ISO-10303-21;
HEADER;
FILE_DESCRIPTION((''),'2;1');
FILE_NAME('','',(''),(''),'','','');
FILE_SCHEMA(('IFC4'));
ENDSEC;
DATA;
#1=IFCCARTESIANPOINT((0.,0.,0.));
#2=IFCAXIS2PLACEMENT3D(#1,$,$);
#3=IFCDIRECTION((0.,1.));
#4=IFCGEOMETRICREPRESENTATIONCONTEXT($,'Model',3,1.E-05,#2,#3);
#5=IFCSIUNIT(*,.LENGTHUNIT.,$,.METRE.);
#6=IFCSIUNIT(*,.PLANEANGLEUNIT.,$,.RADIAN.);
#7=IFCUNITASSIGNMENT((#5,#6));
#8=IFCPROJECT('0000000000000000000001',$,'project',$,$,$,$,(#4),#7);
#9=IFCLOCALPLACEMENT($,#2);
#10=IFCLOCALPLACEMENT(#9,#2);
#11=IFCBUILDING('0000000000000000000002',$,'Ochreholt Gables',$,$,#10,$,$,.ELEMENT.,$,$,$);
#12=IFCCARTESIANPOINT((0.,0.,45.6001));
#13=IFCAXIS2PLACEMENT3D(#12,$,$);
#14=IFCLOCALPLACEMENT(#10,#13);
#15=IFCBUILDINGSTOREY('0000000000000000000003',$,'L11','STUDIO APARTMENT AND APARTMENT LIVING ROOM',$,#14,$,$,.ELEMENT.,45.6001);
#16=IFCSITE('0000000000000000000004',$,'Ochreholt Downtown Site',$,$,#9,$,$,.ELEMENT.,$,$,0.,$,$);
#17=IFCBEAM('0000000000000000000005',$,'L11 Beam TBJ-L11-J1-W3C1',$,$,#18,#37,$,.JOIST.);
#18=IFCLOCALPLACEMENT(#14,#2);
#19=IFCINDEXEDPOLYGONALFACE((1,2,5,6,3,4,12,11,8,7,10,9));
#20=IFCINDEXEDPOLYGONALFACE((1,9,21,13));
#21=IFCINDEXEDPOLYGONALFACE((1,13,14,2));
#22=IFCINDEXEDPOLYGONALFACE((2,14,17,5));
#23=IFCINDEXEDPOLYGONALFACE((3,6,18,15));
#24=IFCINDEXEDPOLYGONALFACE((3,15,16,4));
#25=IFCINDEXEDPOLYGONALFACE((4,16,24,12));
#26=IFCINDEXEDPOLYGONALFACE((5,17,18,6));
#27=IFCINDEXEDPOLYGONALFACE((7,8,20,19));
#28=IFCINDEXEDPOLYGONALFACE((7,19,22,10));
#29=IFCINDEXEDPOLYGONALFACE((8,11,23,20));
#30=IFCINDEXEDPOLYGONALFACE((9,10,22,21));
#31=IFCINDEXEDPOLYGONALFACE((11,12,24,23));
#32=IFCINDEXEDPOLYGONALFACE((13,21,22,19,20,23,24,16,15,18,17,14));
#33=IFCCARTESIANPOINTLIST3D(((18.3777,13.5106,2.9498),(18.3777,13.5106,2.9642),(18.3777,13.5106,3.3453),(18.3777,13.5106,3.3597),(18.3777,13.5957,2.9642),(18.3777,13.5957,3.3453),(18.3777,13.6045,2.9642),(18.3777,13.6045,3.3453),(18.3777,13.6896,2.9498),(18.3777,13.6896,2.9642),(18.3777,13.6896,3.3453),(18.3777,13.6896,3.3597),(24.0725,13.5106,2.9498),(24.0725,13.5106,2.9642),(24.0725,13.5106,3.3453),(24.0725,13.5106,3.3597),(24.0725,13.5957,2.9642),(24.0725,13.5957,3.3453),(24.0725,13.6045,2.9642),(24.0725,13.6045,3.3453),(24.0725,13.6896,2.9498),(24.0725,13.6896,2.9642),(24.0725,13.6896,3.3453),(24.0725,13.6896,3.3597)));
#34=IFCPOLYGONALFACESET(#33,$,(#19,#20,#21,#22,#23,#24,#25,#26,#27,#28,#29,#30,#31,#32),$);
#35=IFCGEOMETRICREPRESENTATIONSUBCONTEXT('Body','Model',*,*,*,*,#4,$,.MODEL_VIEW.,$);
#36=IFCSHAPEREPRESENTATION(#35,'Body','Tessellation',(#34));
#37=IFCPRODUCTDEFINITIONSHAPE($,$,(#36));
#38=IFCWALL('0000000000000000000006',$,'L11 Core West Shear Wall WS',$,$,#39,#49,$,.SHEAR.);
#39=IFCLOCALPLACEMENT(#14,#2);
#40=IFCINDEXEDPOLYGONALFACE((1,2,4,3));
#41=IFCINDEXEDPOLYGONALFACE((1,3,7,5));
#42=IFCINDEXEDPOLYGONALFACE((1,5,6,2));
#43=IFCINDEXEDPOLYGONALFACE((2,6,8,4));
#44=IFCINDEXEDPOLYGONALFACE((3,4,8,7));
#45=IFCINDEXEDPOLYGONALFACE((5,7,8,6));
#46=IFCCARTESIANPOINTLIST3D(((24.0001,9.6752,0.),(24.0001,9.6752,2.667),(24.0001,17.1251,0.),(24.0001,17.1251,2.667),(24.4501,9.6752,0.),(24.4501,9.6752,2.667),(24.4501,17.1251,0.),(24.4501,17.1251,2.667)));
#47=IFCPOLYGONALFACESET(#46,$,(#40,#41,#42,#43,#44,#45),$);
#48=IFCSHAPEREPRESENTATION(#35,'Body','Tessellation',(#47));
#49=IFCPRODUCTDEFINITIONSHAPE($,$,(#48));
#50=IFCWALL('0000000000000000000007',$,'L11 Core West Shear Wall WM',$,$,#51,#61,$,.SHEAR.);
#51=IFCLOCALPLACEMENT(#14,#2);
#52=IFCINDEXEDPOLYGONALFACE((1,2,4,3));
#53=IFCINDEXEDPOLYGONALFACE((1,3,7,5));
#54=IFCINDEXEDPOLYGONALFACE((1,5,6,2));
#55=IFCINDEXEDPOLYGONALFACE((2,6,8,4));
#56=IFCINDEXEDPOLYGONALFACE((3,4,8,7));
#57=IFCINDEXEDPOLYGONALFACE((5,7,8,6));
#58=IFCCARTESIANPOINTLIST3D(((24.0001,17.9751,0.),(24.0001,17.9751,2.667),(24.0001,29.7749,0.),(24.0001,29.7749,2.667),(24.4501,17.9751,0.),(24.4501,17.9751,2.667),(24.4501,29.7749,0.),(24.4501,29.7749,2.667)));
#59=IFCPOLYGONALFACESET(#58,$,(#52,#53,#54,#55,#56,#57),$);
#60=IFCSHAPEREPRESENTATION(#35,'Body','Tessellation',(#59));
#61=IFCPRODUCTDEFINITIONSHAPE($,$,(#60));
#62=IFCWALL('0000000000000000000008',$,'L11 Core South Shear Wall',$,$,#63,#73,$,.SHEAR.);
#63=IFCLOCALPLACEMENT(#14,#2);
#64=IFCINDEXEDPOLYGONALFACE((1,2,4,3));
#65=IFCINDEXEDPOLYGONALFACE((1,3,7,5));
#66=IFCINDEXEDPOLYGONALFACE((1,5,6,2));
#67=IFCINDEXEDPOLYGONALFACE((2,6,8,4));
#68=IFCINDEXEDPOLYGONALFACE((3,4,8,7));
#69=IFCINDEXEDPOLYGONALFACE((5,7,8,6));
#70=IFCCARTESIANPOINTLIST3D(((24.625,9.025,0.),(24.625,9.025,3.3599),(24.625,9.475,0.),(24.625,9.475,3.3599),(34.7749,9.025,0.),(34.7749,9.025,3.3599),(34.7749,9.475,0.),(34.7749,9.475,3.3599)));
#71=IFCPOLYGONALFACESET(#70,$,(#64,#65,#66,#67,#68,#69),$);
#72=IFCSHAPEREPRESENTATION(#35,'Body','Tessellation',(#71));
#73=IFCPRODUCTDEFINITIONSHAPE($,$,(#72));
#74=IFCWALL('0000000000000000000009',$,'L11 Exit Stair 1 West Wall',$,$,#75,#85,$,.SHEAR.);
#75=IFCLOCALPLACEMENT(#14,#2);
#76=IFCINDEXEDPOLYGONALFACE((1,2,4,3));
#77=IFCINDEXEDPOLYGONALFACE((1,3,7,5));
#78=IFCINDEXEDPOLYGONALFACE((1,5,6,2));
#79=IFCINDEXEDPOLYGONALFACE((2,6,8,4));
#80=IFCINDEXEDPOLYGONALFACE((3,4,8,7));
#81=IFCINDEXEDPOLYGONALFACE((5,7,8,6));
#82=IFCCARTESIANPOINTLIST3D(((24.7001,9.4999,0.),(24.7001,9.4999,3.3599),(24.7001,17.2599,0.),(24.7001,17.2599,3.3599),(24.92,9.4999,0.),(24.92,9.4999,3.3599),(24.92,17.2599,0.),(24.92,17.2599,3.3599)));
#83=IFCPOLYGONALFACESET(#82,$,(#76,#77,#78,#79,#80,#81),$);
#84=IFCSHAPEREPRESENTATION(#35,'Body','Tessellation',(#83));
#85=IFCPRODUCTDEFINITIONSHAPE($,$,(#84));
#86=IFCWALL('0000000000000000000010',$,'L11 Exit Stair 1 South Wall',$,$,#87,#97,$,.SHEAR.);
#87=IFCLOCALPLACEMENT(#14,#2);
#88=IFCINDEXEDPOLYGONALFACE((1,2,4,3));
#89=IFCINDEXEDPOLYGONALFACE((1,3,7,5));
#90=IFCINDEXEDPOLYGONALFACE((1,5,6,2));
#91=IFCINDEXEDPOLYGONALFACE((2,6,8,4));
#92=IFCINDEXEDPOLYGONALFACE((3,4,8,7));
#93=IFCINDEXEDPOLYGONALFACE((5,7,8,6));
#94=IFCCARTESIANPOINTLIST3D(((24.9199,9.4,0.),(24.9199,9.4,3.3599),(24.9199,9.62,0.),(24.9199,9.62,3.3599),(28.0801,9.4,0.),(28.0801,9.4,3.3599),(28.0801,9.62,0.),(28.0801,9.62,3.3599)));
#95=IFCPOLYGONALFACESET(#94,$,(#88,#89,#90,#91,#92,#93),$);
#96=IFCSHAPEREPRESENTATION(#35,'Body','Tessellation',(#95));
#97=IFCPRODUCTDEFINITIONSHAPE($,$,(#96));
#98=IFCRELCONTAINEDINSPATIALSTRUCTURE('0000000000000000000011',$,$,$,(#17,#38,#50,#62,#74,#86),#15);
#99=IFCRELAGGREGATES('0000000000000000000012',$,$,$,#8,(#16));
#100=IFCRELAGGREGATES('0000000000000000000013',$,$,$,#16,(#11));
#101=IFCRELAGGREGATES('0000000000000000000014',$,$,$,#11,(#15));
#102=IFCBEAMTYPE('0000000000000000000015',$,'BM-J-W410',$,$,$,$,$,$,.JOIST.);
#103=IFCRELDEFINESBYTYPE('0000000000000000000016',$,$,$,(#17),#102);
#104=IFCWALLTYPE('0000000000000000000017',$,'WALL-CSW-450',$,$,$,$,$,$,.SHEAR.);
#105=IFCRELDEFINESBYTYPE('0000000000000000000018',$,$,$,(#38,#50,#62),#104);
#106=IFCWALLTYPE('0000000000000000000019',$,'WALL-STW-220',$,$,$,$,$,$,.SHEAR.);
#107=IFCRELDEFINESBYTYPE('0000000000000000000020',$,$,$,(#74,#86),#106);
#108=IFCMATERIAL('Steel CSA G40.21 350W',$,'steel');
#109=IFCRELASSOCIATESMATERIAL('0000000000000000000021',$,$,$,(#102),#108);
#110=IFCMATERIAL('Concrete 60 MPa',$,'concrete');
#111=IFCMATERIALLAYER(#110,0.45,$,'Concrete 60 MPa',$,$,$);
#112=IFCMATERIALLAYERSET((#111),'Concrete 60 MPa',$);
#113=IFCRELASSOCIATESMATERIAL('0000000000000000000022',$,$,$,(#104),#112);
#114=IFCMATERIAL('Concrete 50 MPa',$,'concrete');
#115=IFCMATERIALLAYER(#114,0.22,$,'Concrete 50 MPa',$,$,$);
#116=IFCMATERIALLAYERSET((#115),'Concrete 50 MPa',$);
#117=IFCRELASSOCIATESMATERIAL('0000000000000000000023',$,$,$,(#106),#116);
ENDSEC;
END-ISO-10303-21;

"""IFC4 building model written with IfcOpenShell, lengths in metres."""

from ifc_helpers import new_model, si_unit, direction, frame, frame_2d, origin, origin_2d, place, context, subcontext, project, spatial, rectangle, i_section, extrude, material, layer, layer_set, material_profile, profile_set, type_object, element, save


model = new_model("IFC4")

# Units and contexts
model_context = context("Model", 3, precision=1e-05, world=origin(), true_north=direction((0.0, 1.0)))
body_context = subcontext(model_context, "Body", "Model", "MODEL_VIEW")
ifc_project = project(units=[si_unit("LENGTHUNIT", "METRE"), si_unit("PLANEANGLEUNIT", "RADIAN")], contexts=[model_context])

# Site, building, storey
site_placement = place(None, origin())
site = spatial("IfcSite", under=ifc_project, at=site_placement, Name="Ochreholt Downtown Site", CompositionType="ELEMENT", RefElevation=0.0)
building_placement = place(site_placement, origin())
building = spatial("IfcBuilding", under=site, at=building_placement, Name="Ochreholt Gables", CompositionType="ELEMENT")
storey_placement = place(building_placement, frame((0.0, 0.0, 45.6001)))
storey = spatial("IfcBuildingStorey", under=building, at=storey_placement, Name="L11", Description="STUDIO APARTMENT AND APARTMENT LIVING ROOM", CompositionType="ELEMENT", Elevation=45.6001)

# Shared definitions
ifc_material_1 = material(Name="Concrete 60 MPa", Category="concrete")

# Beam
ifc_material_2 = material(Name="Steel CSA G40.21 350W", Category="steel")
ifc_material_profile_1 = material_profile(ifc_material_2, i_section(OverallWidth=0.179, OverallDepth=0.4099, WebThickness=0.0088, FlangeThickness=0.0144, at=origin_2d()), Name="W410X67")
ifc_profile_set_1 = profile_set([ifc_material_profile_1], Name="Steel CSA G40.21 350W")
beam_type_1 = type_object("IfcBeamType", Name="BM-J-W410", PredefinedType="JOIST", material=ifc_profile_set_1)
beam_1_placement = place(storey_placement, frame((18.3777, 13.6001, 3.1548), z_axis=(1.0, 0.0, 0.0), x_axis=(0.0, 1.0, 0.0)))
element("IfcBeam", 1, at=beam_1_placement, inside=storey, type_object=beam_type_1, Name="L11 Beam TBJ-L11-J1-W3C1", PredefinedType="JOIST", context=body_context, shape_type="SweptSolid", body=[
    extrude(i_section(OverallWidth=0.179, OverallDepth=0.4099, WebThickness=0.0088, FlangeThickness=0.0144, at=origin_2d()), origin(), (0.0, 0.0, 1.0), 5.6948),
])

# Walls
ifc_layer_1 = layer(ifc_material_1, 0.45, Name="Concrete 60 MPa")
ifc_layer_set_1 = layer_set([ifc_layer_1], Name="Concrete 60 MPa")
wall_type_1 = type_object("IfcWallType", Name="WALL-CSW-450", PredefinedType="SHEAR", material=ifc_layer_set_1)
wall_1_placement = place(storey_placement, frame((24.2251, 9.675, 0.0), z_axis=(0.0, 0.0, 1.0), x_axis=(0.0, 1.0, 0.0)))
element("IfcWall", 2, at=wall_1_placement, inside=storey, type_object=wall_type_1, Name="L11 Core West Shear Wall WS", PredefinedType="SHEAR", context=body_context, shape_type="SweptSolid", body=[
    extrude(rectangle(XDim=7.45, YDim=0.45, at=frame_2d((3.7251, 0.0))), origin(), (0.0, 0.0, 1.0), 2.667),
])
wall_2_placement = place(storey_placement, frame((24.2251, 17.9751, 0.0), z_axis=(0.0, 0.0, 1.0), x_axis=(0.0, 1.0, 0.0)))
element("IfcWall", 3, at=wall_2_placement, inside=storey, type_object=wall_type_1, Name="L11 Core West Shear Wall WM", PredefinedType="SHEAR", context=body_context, shape_type="SweptSolid", body=[
    extrude(rectangle(XDim=11.7998, YDim=0.45, at=frame_2d((5.8999, 0.0))), origin(), (0.0, 0.0, 1.0), 2.667),
])
wall_3_placement = place(storey_placement, frame((24.625, 9.25, 0.0), z_axis=(0.0, 0.0, 1.0), x_axis=(1.0, 0.0, 0.0)))
element("IfcWall", 4, at=wall_3_placement, inside=storey, type_object=wall_type_1, Name="L11 Core South Shear Wall", PredefinedType="SHEAR", context=body_context, shape_type="SweptSolid", body=[
    extrude(rectangle(XDim=10.1499, YDim=0.45, at=frame_2d((5.075, 0.0))), origin(), (0.0, 0.0, 1.0), 3.3599),
])
ifc_material_3 = material(Name="Concrete 50 MPa", Category="concrete")
ifc_layer_2 = layer(ifc_material_3, 0.22, Name="Concrete 50 MPa")
ifc_layer_set_2 = layer_set([ifc_layer_2], Name="Concrete 50 MPa")
wall_type_2 = type_object("IfcWallType", Name="WALL-STW-220", PredefinedType="SHEAR", material=ifc_layer_set_2)
wall_4_placement = place(storey_placement, frame((24.8101, 9.5, 0.0), z_axis=(0.0, 0.0, 1.0), x_axis=(0.0, 1.0, 0.0)))
element("IfcWall", 5, at=wall_4_placement, inside=storey, type_object=wall_type_2, Name="L11 Exit Stair 1 West Wall", PredefinedType="SHEAR", context=body_context, shape_type="SweptSolid", body=[
    extrude(rectangle(XDim=7.76, YDim=0.22, at=frame_2d((3.8799, 0.0))), origin(), (0.0, 0.0, 1.0), 3.3599),
])
wall_5_placement = place(storey_placement, frame((24.9199, 9.51, 0.0), z_axis=(0.0, 0.0, 1.0), x_axis=(1.0, 0.0, 0.0)))
element("IfcWall", 6, at=wall_5_placement, inside=storey, type_object=wall_type_2, Name="L11 Exit Stair 1 South Wall", PredefinedType="SHEAR", context=body_context, shape_type="SweptSolid", body=[
    extrude(rectangle(XDim=3.1602, YDim=0.22, at=frame_2d((1.5801, 0.0))), origin(), (0.0, 0.0, 1.0), 3.3599),
])

save(model, "model.ifc")
